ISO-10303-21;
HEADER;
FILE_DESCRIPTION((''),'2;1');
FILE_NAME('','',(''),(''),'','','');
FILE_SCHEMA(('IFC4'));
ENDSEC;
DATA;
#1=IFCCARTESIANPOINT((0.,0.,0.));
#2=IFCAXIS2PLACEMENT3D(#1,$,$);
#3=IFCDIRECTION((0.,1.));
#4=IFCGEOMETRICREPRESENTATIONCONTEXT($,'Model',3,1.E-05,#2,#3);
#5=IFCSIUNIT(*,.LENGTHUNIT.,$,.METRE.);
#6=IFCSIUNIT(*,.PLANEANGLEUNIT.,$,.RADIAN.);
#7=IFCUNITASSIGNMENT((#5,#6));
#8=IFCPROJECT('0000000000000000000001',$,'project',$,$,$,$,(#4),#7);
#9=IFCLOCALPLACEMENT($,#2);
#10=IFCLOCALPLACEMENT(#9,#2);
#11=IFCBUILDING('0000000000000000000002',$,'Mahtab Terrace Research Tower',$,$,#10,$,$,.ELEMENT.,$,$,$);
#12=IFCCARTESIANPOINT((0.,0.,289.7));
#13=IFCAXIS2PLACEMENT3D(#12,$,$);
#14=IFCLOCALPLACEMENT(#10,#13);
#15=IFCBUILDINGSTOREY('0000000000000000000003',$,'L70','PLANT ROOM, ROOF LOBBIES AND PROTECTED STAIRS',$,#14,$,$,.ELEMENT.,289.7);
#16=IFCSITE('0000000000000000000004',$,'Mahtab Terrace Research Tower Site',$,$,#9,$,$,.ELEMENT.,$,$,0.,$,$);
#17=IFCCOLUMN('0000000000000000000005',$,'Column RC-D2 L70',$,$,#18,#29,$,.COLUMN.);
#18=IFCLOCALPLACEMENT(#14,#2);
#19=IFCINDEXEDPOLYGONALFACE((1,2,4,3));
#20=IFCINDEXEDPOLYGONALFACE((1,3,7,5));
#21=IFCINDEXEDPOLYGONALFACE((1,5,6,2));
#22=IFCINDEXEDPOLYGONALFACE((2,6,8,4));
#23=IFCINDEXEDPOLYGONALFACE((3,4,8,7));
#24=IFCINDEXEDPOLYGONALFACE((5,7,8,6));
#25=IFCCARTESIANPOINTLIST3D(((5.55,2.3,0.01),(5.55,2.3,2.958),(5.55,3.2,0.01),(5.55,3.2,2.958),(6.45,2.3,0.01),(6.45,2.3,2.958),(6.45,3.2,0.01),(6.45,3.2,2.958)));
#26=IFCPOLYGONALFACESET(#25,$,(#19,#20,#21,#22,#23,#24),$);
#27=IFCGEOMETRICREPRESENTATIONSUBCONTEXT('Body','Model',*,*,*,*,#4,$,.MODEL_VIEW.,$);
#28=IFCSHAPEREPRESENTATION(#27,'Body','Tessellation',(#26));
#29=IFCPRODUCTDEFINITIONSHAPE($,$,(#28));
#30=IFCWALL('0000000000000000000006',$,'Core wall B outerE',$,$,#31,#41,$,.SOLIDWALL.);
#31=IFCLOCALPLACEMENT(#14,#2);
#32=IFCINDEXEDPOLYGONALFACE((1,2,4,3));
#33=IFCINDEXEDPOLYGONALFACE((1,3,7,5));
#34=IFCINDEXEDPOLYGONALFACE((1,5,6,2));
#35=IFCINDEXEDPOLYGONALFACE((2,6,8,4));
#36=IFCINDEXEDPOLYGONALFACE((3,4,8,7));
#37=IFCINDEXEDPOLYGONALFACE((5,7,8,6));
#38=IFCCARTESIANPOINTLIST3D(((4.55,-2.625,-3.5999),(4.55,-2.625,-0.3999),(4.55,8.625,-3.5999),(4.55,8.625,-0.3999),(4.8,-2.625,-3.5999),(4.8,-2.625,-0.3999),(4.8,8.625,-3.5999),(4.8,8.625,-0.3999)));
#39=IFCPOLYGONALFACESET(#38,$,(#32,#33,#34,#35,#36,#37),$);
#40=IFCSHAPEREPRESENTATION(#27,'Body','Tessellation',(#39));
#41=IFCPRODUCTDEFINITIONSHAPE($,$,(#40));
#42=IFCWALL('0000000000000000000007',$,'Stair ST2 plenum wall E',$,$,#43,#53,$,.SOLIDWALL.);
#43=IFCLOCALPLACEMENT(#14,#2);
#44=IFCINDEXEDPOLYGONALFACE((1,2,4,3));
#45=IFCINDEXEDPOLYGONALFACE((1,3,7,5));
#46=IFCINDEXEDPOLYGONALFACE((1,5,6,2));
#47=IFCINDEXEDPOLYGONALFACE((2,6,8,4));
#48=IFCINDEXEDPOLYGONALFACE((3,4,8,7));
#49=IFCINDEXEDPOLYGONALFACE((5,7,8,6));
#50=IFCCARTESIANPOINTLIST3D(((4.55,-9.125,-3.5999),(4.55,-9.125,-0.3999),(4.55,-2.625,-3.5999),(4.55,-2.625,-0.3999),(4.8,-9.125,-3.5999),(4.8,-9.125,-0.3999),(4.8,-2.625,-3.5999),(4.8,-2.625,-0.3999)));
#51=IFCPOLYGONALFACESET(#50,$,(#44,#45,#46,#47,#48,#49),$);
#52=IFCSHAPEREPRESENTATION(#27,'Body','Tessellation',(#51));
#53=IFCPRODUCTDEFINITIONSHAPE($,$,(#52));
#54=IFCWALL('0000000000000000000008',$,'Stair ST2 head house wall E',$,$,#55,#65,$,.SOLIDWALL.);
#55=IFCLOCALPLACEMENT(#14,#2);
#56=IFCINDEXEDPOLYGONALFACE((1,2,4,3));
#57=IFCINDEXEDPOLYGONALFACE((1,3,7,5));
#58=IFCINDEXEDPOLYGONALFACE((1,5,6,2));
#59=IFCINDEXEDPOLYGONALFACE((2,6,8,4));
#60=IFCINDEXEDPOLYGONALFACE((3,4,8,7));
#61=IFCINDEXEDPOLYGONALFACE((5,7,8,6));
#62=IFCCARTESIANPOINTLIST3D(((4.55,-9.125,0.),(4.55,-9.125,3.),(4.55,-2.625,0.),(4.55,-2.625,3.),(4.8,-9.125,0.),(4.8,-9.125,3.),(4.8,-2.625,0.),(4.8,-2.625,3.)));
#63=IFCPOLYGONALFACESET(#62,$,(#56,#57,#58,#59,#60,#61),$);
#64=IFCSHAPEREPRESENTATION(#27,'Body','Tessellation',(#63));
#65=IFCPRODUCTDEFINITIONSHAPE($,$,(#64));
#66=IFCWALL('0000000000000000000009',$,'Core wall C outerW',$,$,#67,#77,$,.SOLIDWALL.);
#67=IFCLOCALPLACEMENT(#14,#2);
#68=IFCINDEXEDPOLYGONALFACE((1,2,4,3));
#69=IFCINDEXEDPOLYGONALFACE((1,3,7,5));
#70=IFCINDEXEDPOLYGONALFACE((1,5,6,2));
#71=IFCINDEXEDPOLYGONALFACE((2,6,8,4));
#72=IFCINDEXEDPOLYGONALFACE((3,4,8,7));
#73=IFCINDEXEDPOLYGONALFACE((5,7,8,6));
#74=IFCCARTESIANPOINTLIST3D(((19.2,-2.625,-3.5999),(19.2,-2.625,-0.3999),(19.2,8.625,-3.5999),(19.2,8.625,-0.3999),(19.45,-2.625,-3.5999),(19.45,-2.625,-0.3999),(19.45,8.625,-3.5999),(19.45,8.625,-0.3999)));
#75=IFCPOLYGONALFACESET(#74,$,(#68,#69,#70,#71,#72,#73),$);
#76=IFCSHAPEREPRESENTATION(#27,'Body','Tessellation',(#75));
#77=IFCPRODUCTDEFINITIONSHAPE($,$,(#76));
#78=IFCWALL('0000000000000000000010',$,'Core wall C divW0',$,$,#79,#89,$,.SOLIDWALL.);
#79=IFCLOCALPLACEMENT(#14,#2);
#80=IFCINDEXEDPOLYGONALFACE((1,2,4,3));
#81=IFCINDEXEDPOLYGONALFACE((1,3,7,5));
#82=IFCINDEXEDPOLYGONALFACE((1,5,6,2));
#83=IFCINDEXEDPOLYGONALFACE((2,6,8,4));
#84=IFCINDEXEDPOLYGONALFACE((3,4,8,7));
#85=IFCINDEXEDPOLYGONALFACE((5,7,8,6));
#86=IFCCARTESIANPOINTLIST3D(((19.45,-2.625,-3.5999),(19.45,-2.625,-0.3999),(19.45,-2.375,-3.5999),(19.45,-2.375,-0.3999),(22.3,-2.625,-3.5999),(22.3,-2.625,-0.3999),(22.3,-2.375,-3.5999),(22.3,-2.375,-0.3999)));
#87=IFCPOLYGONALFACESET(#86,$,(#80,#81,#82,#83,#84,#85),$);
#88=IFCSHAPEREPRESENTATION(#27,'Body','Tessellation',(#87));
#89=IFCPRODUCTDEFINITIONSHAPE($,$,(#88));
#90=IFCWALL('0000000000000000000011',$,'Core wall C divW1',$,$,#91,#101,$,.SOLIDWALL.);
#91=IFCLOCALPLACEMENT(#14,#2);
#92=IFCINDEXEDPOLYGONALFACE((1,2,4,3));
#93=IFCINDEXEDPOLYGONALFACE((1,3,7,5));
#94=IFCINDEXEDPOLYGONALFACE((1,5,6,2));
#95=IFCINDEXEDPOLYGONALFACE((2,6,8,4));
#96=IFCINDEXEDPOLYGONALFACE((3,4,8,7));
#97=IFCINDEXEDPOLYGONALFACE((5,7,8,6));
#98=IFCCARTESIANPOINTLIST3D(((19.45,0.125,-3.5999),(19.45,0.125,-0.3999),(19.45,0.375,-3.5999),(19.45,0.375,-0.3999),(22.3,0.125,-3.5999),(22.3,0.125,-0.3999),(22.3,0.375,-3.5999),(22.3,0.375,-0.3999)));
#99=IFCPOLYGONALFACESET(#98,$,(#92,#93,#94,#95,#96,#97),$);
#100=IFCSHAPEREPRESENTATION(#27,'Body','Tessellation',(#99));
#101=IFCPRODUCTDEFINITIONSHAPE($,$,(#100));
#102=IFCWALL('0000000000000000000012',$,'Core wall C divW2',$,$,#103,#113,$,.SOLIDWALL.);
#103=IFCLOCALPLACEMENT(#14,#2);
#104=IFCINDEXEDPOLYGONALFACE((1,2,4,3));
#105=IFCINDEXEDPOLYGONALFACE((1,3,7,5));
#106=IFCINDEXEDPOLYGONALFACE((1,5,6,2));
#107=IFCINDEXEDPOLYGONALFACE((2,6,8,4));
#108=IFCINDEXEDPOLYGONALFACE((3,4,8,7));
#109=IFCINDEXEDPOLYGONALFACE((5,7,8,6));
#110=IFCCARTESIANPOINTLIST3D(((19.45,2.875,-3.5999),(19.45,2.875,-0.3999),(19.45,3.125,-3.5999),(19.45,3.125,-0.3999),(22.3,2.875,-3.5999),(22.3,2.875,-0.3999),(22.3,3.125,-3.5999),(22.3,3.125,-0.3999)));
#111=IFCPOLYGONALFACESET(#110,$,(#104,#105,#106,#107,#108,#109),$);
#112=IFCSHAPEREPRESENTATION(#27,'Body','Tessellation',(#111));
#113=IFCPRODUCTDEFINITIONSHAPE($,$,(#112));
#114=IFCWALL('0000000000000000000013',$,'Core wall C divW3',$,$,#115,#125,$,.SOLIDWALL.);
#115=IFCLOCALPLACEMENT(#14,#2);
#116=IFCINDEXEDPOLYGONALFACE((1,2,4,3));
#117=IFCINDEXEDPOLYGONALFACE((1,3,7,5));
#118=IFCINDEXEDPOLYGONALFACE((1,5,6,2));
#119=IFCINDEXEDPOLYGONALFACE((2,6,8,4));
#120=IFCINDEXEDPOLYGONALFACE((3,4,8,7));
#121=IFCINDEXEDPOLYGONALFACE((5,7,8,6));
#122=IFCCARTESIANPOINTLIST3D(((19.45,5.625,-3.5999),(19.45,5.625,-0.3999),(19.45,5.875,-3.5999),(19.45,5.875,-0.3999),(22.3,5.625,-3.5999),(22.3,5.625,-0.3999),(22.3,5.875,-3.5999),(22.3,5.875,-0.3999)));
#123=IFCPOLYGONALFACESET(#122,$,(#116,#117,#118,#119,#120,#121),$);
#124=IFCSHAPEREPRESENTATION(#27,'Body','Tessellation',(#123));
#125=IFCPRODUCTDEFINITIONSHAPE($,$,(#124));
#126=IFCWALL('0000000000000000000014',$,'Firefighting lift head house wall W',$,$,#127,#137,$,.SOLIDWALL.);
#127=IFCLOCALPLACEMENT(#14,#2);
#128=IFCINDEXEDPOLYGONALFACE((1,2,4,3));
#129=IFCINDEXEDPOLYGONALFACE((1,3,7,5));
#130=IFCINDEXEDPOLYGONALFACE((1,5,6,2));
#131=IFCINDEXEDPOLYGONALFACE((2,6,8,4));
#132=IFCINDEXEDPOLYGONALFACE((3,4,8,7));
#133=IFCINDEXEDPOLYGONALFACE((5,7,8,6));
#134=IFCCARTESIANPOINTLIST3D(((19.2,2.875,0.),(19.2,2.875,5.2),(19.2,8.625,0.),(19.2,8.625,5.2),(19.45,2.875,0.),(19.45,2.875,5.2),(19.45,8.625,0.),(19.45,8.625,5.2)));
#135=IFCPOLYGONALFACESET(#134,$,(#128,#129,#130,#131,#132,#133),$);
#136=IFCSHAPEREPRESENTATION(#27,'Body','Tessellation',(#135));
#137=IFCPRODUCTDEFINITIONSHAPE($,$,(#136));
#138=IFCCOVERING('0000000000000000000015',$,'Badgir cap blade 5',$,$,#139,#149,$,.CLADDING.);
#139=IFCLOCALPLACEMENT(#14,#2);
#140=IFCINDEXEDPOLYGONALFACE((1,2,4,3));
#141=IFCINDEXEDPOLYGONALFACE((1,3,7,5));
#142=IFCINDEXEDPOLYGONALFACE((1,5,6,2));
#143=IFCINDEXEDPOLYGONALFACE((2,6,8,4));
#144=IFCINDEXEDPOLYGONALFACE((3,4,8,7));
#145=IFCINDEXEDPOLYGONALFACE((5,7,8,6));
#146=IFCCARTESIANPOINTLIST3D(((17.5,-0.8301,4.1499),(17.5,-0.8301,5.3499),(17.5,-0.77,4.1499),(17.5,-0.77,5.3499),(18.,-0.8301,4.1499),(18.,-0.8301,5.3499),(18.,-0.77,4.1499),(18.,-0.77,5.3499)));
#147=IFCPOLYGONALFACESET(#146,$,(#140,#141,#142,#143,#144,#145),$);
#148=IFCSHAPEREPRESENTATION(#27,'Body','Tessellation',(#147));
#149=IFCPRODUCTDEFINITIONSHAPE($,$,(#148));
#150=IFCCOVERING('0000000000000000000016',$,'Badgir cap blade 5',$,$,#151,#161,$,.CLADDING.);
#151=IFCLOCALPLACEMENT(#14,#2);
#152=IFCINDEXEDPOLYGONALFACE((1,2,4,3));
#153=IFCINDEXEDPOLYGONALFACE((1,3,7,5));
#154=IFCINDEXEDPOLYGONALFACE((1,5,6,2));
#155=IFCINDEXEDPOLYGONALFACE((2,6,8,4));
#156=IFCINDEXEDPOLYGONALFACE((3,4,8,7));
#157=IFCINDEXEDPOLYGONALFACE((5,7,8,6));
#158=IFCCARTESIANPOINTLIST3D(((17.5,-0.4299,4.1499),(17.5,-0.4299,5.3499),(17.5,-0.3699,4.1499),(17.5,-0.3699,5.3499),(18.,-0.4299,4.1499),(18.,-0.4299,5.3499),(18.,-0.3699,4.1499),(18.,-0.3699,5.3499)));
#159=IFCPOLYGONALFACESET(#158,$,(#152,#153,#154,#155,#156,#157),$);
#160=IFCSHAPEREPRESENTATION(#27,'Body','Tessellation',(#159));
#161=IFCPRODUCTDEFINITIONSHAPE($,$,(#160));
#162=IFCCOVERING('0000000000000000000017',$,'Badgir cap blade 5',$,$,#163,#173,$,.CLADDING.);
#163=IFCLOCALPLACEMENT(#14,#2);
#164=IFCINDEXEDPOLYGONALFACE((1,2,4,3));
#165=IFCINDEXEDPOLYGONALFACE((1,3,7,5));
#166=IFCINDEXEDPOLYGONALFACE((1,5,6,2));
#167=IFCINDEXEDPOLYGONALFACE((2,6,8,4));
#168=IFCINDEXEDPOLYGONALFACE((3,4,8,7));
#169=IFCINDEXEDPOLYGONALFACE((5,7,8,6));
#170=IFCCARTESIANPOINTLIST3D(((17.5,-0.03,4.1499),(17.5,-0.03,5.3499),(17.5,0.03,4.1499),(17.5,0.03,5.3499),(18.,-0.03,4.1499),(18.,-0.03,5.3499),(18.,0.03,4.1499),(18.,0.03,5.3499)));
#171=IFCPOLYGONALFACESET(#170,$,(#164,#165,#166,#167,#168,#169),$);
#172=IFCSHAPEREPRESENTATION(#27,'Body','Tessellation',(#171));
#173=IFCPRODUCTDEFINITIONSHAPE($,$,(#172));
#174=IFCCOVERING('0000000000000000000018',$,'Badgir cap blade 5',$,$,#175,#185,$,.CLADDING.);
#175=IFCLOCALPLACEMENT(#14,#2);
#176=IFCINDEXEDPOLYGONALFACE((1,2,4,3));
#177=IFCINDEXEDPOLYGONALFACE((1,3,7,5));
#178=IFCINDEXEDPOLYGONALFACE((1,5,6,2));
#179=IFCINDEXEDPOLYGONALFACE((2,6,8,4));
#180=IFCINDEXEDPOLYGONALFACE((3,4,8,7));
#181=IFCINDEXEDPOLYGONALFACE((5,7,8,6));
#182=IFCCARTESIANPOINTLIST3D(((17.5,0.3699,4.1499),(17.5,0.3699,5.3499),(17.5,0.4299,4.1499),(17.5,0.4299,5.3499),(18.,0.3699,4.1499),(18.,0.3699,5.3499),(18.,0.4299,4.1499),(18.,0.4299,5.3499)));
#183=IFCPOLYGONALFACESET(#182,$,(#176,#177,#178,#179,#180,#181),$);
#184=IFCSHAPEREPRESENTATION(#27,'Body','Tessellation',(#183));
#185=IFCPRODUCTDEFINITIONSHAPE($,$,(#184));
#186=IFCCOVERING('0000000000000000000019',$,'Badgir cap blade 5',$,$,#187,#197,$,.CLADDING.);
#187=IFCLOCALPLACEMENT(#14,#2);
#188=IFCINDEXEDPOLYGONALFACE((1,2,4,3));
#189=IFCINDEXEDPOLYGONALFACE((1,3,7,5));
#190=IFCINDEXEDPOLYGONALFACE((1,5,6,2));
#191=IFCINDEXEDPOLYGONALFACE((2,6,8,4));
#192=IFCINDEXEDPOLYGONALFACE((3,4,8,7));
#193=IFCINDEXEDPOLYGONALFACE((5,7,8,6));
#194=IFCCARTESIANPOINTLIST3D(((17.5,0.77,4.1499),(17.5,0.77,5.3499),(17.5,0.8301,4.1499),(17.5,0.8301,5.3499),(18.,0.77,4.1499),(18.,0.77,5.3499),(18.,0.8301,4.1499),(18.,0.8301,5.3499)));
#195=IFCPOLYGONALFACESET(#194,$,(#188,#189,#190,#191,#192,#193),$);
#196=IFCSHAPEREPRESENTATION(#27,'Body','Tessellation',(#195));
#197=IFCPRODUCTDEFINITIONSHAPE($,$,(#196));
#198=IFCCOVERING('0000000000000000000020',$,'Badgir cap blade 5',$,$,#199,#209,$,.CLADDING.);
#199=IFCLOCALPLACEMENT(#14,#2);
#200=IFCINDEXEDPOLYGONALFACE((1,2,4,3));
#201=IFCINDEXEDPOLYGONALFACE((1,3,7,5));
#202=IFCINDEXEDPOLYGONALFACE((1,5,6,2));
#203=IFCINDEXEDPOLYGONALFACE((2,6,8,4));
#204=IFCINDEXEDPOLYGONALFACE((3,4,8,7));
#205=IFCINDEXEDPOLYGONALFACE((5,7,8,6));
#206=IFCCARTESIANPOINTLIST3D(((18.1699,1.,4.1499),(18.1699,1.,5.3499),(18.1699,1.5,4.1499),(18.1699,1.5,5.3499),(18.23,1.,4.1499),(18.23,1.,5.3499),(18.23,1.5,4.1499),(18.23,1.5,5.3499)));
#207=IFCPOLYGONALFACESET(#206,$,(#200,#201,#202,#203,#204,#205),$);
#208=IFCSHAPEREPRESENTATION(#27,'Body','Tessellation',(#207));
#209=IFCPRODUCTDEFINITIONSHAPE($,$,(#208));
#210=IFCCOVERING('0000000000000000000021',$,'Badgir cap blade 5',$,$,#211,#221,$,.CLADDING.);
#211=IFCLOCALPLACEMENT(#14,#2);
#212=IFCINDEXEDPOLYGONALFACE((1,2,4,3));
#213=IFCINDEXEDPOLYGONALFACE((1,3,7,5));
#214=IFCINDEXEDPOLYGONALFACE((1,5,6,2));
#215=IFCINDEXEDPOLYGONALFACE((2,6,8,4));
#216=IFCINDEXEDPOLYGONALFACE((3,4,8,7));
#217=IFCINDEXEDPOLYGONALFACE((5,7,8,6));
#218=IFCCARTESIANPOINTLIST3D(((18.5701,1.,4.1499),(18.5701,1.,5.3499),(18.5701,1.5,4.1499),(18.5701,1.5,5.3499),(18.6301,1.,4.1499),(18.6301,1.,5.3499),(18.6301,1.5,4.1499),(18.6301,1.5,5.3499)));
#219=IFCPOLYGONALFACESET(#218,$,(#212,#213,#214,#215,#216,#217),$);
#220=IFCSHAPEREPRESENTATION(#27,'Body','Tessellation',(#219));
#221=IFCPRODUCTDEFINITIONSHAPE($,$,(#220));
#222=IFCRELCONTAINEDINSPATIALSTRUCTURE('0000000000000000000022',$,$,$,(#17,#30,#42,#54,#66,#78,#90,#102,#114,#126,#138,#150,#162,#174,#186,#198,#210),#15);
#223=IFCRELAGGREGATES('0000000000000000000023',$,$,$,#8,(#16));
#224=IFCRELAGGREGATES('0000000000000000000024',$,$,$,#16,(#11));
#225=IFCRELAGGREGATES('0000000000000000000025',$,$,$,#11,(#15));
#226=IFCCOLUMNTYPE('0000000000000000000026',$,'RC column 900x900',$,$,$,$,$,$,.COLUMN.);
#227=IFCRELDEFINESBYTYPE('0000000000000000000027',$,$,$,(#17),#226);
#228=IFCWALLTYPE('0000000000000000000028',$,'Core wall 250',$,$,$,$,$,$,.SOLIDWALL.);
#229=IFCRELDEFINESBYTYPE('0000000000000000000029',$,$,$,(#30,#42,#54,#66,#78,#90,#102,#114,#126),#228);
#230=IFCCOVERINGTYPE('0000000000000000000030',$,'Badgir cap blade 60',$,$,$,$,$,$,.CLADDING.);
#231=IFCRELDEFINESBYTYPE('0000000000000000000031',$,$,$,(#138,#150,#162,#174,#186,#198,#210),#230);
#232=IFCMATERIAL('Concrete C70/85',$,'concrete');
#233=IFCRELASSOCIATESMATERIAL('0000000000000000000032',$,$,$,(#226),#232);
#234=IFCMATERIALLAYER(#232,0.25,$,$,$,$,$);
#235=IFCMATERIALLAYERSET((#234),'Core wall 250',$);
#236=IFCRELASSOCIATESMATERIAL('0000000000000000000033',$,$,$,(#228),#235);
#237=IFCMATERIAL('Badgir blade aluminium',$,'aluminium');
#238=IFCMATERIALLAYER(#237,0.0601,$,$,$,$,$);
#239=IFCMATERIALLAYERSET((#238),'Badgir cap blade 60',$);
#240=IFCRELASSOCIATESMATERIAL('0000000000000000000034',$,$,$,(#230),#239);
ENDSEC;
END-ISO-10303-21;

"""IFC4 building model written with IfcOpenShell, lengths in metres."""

from ifc_helpers import new_model, si_unit, direction, frame, frame_2d, origin, origin_2d, place, context, subcontext, project, spatial, rectangle, extrude, material, layer, layer_set, material_profile, profile_set, type_object, element, save


model = new_model("IFC4")

# Units and contexts
model_context = context("Model", 3, precision=1e-05, world=origin(), true_north=direction((0.0, 1.0)))
body_context = subcontext(model_context, "Body", "Model", "MODEL_VIEW")
ifc_project = project(units=[si_unit("LENGTHUNIT", "METRE"), si_unit("PLANEANGLEUNIT", "RADIAN")], contexts=[model_context])

# Site, building, storey
site_placement = place(None, origin())
site = spatial("IfcSite", under=ifc_project, at=site_placement, Name="Mahtab Terrace Research Tower Site", CompositionType="ELEMENT", RefElevation=0.0)
building_placement = place(site_placement, origin())
building = spatial("IfcBuilding", under=site, at=building_placement, Name="Mahtab Terrace Research Tower", CompositionType="ELEMENT")
storey_placement = place(building_placement, frame((0.0, 0.0, 289.7)))
storey = spatial("IfcBuildingStorey", under=building, at=storey_placement, Name="L70", Description="PLANT ROOM, ROOF LOBBIES AND PROTECTED STAIRS", CompositionType="ELEMENT", Elevation=289.7)

# Column
ifc_material_1 = material(Name="Concrete C70/85", Category="concrete")
ifc_material_profile = material_profile(ifc_material_1, rectangle(XDim=0.8999, YDim=0.8999, at=origin_2d()), Name="RC column 900x900")
ifc_profile_set = profile_set([ifc_material_profile], Name="Concrete C70/85")
column_type = type_object("IfcColumnType", Name="RC column 900x900", PredefinedType="COLUMN", material=ifc_profile_set)
column_placement = place(storey_placement, frame((6.0, 2.75, 0.01), z_axis=(0.0, 0.0, 1.0), x_axis=(1.0, 0.0, 0.0)))
element("IfcColumn", 1, at=column_placement, inside=storey, type_object=column_type, Name="Column RC-D2 L70", PredefinedType="COLUMN", context=body_context, shape_type="SweptSolid", body=[
    extrude(rectangle(XDim=0.8999, YDim=0.8999, at=origin_2d()), origin(), (0.0, 0.0, 1.0), 2.948),
])

# Walls
ifc_layer_1 = layer(ifc_material_1, 0.25)
ifc_layer_set_1 = layer_set([ifc_layer_1], Name="Core wall 250")
wall_type = type_object("IfcWallType", Name="Core wall 250", PredefinedType="SOLIDWALL", material=ifc_layer_set_1)
wall_1_placement = place(storey_placement, frame((4.675, -2.625, -3.5999), z_axis=(0.0, 0.0, 1.0), x_axis=(0.0, 1.0, 0.0)))
element("IfcWall", 2, at=wall_1_placement, inside=storey, type_object=wall_type, Name="Core wall B outerE", PredefinedType="SOLIDWALL", context=body_context, shape_type="SweptSolid", body=[
    extrude(rectangle(XDim=11.25, YDim=0.25, at=frame_2d((5.625, 0.0))), origin(), (0.0, 0.0, 1.0), 3.2),
])
wall_2_placement = place(storey_placement, frame((4.675, -9.125, -3.5999), z_axis=(0.0, 0.0, 1.0), x_axis=(0.0, 1.0, 0.0)))
element("IfcWall", 3, at=wall_2_placement, inside=storey, type_object=wall_type, Name="Stair ST2 plenum wall E", PredefinedType="SOLIDWALL", context=body_context, shape_type="SweptSolid", body=[
    extrude(rectangle(XDim=6.5, YDim=0.25, at=frame_2d((3.25, 0.0))), origin(), (0.0, 0.0, 1.0), 3.2),
])
wall_3_placement = place(storey_placement, frame((4.675, -9.125, 0.0), z_axis=(0.0, 0.0, 1.0), x_axis=(0.0, 1.0, 0.0)))
element("IfcWall", 4, at=wall_3_placement, inside=storey, type_object=wall_type, Name="Stair ST2 head house wall E", PredefinedType="SOLIDWALL", context=body_context, shape_type="SweptSolid", body=[
    extrude(rectangle(XDim=6.5, YDim=0.25, at=frame_2d((3.25, 0.0))), origin(), (0.0, 0.0, 1.0), 3.0),
])
wall_4_placement = place(storey_placement, frame((19.325, -2.625, -3.5999), z_axis=(0.0, 0.0, 1.0), x_axis=(0.0, 1.0, 0.0)))
element("IfcWall", 5, at=wall_4_placement, inside=storey, type_object=wall_type, Name="Core wall C outerW", PredefinedType="SOLIDWALL", context=body_context, shape_type="SweptSolid", body=[
    extrude(rectangle(XDim=11.25, YDim=0.25, at=frame_2d((5.625, 0.0))), origin(), (0.0, 0.0, 1.0), 3.2),
])
for number, where, z_axis, x_axis, name in (
    (6, (19.45, -2.5, -3.5999), (0.0, 0.0, 1.0), (1.0, 0.0, 0.0), "Core wall C divW0"),
    (7, (19.45, 0.25, -3.5999), (0.0, 0.0, 1.0), (1.0, 0.0, 0.0), "Core wall C divW1"),
    (8, (19.45, 3.0, -3.5999), (0.0, 0.0, 1.0), (1.0, 0.0, 0.0), "Core wall C divW2"),
    (9, (19.45, 5.75, -3.5999), (0.0, 0.0, 1.0), (1.0, 0.0, 0.0), "Core wall C divW3"),
):
    element("IfcWall", number, at=place(storey_placement, frame(where, z_axis=z_axis, x_axis=x_axis)), inside=storey, type_object=wall_type, Name=name, PredefinedType="SOLIDWALL", context=body_context, shape_type="SweptSolid", body=[
        extrude(rectangle(XDim=2.8501, YDim=0.25, at=frame_2d((1.425, 0.0))), origin(), (0.0, 0.0, 1.0), 3.2),
    ])
wall_5_placement = place(storey_placement, frame((19.325, 2.875, 0.0), z_axis=(0.0, 0.0, 1.0), x_axis=(0.0, 1.0, 0.0)))
element("IfcWall", 10, at=wall_5_placement, inside=storey, type_object=wall_type, Name="Firefighting lift head house wall W", PredefinedType="SOLIDWALL", context=body_context, shape_type="SweptSolid", body=[
    extrude(rectangle(XDim=5.75, YDim=0.25, at=frame_2d((2.875, 0.0))), origin(), (0.0, 0.0, 1.0), 5.2),
])

# Coverings
ifc_material_2 = material(Name="Badgir blade aluminium", Category="aluminium")
ifc_layer_2 = layer(ifc_material_2, 0.0601)
ifc_layer_set_2 = layer_set([ifc_layer_2], Name="Badgir cap blade 60")
covering_type_1 = type_object("IfcCoveringType", Name="Badgir cap blade 60", PredefinedType="CLADDING", material=ifc_layer_set_2)
for number, where, z_axis, x_axis, name in (
    (11, (17.75, -0.8, 4.1499), (0.0, 0.0, 1.0), (1.0, 0.0, 0.0), "Badgir cap blade 5"),
    (12, (17.75, -0.3999, 4.1499), (0.0, 0.0, 1.0), (1.0, 0.0, 0.0), "Badgir cap blade 5"),
    (13, (17.75, 0.0, 4.1499), (0.0, 0.0, 1.0), (1.0, 0.0, 0.0), "Badgir cap blade 5"),
    (14, (17.75, 0.3999, 4.1499), (0.0, 0.0, 1.0), (1.0, 0.0, 0.0), "Badgir cap blade 5"),
    (15, (17.75, 0.8, 4.1499), (0.0, 0.0, 1.0), (1.0, 0.0, 0.0), "Badgir cap blade 5"),
):
    element("IfcCovering", number, at=place(storey_placement, frame(where, z_axis=z_axis, x_axis=x_axis)), inside=storey, type_object=covering_type_1, Name=name, PredefinedType="CLADDING", context=body_context, shape_type="SweptSolid", body=[
        extrude(rectangle(XDim=0.5, YDim=0.0601, at=origin_2d()), origin(), (0.0, 0.0, 1.0), 1.2),
    ])
for number, where, z_axis, x_axis, name in (
    (16, (18.2, 1.25, 4.1499), (0.0, 0.0, 1.0), (1.0, 0.0, 0.0), "Badgir cap blade 5"),
    (17, (18.6001, 1.25, 4.1499), (0.0, 0.0, 1.0), (1.0, 0.0, 0.0), "Badgir cap blade 5"),
):
    element("IfcCovering", number, at=place(storey_placement, frame(where, z_axis=z_axis, x_axis=x_axis)), inside=storey, type_object=covering_type_1, Name=name, PredefinedType="CLADDING", context=body_context, shape_type="SweptSolid", body=[
        extrude(rectangle(XDim=0.0601, YDim=0.5, at=origin_2d()), origin(), (0.0, 0.0, 1.0), 1.2),
    ])

save(model, "model.ifc")
